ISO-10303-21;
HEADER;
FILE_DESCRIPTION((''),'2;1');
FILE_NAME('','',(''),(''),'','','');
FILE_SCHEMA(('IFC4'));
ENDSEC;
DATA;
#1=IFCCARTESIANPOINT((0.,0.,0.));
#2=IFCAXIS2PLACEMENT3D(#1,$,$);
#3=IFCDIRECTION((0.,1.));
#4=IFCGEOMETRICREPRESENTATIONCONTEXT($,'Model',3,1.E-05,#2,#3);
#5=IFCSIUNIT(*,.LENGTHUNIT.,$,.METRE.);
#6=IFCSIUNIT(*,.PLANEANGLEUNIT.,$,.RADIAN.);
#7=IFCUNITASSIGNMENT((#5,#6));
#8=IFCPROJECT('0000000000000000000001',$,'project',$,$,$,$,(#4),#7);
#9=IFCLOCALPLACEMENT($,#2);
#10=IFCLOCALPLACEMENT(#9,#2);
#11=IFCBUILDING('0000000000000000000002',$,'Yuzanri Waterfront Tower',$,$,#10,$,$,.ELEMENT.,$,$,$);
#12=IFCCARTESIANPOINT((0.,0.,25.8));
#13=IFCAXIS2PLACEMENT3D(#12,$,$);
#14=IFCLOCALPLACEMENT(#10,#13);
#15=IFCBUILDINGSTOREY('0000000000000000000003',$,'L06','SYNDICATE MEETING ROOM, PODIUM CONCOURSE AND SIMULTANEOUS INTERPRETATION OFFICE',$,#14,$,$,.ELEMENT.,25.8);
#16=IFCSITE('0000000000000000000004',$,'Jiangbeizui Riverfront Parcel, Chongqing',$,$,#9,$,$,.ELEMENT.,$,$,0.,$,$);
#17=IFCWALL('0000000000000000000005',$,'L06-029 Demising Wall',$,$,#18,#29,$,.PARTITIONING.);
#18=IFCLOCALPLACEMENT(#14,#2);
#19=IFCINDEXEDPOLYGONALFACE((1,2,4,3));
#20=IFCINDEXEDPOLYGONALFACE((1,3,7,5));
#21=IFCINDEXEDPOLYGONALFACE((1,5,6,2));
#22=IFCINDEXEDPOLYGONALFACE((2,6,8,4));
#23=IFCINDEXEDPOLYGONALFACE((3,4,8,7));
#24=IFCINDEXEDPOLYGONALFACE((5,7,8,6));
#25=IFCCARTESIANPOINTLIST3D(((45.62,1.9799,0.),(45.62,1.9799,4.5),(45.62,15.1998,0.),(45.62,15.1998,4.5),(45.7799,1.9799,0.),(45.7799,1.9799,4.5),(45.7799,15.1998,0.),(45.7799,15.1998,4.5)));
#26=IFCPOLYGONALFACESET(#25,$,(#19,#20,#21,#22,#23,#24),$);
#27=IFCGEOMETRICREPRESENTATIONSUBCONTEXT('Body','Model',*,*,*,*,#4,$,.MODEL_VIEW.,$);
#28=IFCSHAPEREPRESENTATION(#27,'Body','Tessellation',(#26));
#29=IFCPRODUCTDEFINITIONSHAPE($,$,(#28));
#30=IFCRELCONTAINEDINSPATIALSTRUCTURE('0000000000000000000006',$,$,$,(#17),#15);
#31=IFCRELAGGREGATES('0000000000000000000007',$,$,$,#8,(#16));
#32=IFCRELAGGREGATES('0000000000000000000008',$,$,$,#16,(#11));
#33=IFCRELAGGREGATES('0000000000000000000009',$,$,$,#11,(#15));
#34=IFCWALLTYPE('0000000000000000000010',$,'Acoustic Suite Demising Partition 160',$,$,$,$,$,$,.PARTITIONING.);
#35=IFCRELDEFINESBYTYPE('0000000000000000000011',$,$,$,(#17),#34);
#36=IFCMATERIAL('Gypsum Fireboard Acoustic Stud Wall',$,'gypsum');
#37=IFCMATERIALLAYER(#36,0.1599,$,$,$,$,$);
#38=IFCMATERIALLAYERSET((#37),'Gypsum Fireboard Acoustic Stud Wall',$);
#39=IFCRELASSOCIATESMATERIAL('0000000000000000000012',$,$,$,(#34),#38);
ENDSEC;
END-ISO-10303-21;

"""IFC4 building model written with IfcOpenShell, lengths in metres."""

from ifc_helpers import new_model, si_unit, direction, frame, frame_2d, origin, place, context, subcontext, project, spatial, rectangle, extrude, source, transform, mapped, material, layer, layer_set, type_object, element, save


model = new_model("IFC4")

# Units and contexts
model_context = context("Model", 3, precision=1e-05, world=origin(), true_north=direction((0.0, 1.0)))
body_context = subcontext(model_context, "Body", "Model", "MODEL_VIEW")
ifc_project = project(units=[si_unit("LENGTHUNIT", "METRE"), si_unit("PLANEANGLEUNIT", "RADIAN")], contexts=[model_context])

# Site, building, storey
site_placement = place(None, origin())
site = spatial("IfcSite", under=ifc_project, at=site_placement, Name="Jiangbeizui Riverfront Parcel, Chongqing", CompositionType="ELEMENT", RefElevation=0.0)
building_placement = place(site_placement, origin())
building = spatial("IfcBuilding", under=site, at=building_placement, Name="Yuzanri Waterfront Tower", CompositionType="ELEMENT")
storey_placement = place(building_placement, frame((0.0, 0.0, 25.8)))
storey = spatial("IfcBuildingStorey", under=building, at=storey_placement, Name="L06", Description="SYNDICATE MEETING ROOM, PODIUM CONCOURSE AND SIMULTANEOUS INTERPRETATION OFFICE", CompositionType="ELEMENT", Elevation=25.8)

# Wall
ifc_material_1 = material(Name="Gypsum Fireboard Acoustic Stud Wall", Category="gypsum")
ifc_layer_1 = layer(ifc_material_1, 0.1599)
ifc_layer_set_1 = layer_set([ifc_layer_1], Name="Gypsum Fireboard Acoustic Stud Wall")
wall_type_1 = type_object("IfcWallType", Name="Acoustic Suite Demising Partition 160", PredefinedType="PARTITIONING", material=ifc_layer_set_1)
shared_shape_1 = source(origin(), body_context, "Body", "SweptSolid", [
    extrude(rectangle(XDim=13.22, YDim=0.1599, at=frame_2d((6.6099, 0.0))), origin(), (0.0, 0.0, 1.0), 4.5),
])
wall_1_placement = place(storey_placement, frame((45.7, 1.98, 0.0), z_axis=(0.0, 0.0, 1.0), x_axis=(0.0, 1.0, 0.0)))
element("IfcWall", 1, at=wall_1_placement, inside=storey, type_object=wall_type_1, Name="L06-029 Demising Wall", PredefinedType="PARTITIONING", context=body_context, shape_type="MappedRepresentation", body=[
    mapped(shared_shape_1, transform((0.0, 0.0, 0.0), scale=1.0)),
])

save(model, "model.ifc")
